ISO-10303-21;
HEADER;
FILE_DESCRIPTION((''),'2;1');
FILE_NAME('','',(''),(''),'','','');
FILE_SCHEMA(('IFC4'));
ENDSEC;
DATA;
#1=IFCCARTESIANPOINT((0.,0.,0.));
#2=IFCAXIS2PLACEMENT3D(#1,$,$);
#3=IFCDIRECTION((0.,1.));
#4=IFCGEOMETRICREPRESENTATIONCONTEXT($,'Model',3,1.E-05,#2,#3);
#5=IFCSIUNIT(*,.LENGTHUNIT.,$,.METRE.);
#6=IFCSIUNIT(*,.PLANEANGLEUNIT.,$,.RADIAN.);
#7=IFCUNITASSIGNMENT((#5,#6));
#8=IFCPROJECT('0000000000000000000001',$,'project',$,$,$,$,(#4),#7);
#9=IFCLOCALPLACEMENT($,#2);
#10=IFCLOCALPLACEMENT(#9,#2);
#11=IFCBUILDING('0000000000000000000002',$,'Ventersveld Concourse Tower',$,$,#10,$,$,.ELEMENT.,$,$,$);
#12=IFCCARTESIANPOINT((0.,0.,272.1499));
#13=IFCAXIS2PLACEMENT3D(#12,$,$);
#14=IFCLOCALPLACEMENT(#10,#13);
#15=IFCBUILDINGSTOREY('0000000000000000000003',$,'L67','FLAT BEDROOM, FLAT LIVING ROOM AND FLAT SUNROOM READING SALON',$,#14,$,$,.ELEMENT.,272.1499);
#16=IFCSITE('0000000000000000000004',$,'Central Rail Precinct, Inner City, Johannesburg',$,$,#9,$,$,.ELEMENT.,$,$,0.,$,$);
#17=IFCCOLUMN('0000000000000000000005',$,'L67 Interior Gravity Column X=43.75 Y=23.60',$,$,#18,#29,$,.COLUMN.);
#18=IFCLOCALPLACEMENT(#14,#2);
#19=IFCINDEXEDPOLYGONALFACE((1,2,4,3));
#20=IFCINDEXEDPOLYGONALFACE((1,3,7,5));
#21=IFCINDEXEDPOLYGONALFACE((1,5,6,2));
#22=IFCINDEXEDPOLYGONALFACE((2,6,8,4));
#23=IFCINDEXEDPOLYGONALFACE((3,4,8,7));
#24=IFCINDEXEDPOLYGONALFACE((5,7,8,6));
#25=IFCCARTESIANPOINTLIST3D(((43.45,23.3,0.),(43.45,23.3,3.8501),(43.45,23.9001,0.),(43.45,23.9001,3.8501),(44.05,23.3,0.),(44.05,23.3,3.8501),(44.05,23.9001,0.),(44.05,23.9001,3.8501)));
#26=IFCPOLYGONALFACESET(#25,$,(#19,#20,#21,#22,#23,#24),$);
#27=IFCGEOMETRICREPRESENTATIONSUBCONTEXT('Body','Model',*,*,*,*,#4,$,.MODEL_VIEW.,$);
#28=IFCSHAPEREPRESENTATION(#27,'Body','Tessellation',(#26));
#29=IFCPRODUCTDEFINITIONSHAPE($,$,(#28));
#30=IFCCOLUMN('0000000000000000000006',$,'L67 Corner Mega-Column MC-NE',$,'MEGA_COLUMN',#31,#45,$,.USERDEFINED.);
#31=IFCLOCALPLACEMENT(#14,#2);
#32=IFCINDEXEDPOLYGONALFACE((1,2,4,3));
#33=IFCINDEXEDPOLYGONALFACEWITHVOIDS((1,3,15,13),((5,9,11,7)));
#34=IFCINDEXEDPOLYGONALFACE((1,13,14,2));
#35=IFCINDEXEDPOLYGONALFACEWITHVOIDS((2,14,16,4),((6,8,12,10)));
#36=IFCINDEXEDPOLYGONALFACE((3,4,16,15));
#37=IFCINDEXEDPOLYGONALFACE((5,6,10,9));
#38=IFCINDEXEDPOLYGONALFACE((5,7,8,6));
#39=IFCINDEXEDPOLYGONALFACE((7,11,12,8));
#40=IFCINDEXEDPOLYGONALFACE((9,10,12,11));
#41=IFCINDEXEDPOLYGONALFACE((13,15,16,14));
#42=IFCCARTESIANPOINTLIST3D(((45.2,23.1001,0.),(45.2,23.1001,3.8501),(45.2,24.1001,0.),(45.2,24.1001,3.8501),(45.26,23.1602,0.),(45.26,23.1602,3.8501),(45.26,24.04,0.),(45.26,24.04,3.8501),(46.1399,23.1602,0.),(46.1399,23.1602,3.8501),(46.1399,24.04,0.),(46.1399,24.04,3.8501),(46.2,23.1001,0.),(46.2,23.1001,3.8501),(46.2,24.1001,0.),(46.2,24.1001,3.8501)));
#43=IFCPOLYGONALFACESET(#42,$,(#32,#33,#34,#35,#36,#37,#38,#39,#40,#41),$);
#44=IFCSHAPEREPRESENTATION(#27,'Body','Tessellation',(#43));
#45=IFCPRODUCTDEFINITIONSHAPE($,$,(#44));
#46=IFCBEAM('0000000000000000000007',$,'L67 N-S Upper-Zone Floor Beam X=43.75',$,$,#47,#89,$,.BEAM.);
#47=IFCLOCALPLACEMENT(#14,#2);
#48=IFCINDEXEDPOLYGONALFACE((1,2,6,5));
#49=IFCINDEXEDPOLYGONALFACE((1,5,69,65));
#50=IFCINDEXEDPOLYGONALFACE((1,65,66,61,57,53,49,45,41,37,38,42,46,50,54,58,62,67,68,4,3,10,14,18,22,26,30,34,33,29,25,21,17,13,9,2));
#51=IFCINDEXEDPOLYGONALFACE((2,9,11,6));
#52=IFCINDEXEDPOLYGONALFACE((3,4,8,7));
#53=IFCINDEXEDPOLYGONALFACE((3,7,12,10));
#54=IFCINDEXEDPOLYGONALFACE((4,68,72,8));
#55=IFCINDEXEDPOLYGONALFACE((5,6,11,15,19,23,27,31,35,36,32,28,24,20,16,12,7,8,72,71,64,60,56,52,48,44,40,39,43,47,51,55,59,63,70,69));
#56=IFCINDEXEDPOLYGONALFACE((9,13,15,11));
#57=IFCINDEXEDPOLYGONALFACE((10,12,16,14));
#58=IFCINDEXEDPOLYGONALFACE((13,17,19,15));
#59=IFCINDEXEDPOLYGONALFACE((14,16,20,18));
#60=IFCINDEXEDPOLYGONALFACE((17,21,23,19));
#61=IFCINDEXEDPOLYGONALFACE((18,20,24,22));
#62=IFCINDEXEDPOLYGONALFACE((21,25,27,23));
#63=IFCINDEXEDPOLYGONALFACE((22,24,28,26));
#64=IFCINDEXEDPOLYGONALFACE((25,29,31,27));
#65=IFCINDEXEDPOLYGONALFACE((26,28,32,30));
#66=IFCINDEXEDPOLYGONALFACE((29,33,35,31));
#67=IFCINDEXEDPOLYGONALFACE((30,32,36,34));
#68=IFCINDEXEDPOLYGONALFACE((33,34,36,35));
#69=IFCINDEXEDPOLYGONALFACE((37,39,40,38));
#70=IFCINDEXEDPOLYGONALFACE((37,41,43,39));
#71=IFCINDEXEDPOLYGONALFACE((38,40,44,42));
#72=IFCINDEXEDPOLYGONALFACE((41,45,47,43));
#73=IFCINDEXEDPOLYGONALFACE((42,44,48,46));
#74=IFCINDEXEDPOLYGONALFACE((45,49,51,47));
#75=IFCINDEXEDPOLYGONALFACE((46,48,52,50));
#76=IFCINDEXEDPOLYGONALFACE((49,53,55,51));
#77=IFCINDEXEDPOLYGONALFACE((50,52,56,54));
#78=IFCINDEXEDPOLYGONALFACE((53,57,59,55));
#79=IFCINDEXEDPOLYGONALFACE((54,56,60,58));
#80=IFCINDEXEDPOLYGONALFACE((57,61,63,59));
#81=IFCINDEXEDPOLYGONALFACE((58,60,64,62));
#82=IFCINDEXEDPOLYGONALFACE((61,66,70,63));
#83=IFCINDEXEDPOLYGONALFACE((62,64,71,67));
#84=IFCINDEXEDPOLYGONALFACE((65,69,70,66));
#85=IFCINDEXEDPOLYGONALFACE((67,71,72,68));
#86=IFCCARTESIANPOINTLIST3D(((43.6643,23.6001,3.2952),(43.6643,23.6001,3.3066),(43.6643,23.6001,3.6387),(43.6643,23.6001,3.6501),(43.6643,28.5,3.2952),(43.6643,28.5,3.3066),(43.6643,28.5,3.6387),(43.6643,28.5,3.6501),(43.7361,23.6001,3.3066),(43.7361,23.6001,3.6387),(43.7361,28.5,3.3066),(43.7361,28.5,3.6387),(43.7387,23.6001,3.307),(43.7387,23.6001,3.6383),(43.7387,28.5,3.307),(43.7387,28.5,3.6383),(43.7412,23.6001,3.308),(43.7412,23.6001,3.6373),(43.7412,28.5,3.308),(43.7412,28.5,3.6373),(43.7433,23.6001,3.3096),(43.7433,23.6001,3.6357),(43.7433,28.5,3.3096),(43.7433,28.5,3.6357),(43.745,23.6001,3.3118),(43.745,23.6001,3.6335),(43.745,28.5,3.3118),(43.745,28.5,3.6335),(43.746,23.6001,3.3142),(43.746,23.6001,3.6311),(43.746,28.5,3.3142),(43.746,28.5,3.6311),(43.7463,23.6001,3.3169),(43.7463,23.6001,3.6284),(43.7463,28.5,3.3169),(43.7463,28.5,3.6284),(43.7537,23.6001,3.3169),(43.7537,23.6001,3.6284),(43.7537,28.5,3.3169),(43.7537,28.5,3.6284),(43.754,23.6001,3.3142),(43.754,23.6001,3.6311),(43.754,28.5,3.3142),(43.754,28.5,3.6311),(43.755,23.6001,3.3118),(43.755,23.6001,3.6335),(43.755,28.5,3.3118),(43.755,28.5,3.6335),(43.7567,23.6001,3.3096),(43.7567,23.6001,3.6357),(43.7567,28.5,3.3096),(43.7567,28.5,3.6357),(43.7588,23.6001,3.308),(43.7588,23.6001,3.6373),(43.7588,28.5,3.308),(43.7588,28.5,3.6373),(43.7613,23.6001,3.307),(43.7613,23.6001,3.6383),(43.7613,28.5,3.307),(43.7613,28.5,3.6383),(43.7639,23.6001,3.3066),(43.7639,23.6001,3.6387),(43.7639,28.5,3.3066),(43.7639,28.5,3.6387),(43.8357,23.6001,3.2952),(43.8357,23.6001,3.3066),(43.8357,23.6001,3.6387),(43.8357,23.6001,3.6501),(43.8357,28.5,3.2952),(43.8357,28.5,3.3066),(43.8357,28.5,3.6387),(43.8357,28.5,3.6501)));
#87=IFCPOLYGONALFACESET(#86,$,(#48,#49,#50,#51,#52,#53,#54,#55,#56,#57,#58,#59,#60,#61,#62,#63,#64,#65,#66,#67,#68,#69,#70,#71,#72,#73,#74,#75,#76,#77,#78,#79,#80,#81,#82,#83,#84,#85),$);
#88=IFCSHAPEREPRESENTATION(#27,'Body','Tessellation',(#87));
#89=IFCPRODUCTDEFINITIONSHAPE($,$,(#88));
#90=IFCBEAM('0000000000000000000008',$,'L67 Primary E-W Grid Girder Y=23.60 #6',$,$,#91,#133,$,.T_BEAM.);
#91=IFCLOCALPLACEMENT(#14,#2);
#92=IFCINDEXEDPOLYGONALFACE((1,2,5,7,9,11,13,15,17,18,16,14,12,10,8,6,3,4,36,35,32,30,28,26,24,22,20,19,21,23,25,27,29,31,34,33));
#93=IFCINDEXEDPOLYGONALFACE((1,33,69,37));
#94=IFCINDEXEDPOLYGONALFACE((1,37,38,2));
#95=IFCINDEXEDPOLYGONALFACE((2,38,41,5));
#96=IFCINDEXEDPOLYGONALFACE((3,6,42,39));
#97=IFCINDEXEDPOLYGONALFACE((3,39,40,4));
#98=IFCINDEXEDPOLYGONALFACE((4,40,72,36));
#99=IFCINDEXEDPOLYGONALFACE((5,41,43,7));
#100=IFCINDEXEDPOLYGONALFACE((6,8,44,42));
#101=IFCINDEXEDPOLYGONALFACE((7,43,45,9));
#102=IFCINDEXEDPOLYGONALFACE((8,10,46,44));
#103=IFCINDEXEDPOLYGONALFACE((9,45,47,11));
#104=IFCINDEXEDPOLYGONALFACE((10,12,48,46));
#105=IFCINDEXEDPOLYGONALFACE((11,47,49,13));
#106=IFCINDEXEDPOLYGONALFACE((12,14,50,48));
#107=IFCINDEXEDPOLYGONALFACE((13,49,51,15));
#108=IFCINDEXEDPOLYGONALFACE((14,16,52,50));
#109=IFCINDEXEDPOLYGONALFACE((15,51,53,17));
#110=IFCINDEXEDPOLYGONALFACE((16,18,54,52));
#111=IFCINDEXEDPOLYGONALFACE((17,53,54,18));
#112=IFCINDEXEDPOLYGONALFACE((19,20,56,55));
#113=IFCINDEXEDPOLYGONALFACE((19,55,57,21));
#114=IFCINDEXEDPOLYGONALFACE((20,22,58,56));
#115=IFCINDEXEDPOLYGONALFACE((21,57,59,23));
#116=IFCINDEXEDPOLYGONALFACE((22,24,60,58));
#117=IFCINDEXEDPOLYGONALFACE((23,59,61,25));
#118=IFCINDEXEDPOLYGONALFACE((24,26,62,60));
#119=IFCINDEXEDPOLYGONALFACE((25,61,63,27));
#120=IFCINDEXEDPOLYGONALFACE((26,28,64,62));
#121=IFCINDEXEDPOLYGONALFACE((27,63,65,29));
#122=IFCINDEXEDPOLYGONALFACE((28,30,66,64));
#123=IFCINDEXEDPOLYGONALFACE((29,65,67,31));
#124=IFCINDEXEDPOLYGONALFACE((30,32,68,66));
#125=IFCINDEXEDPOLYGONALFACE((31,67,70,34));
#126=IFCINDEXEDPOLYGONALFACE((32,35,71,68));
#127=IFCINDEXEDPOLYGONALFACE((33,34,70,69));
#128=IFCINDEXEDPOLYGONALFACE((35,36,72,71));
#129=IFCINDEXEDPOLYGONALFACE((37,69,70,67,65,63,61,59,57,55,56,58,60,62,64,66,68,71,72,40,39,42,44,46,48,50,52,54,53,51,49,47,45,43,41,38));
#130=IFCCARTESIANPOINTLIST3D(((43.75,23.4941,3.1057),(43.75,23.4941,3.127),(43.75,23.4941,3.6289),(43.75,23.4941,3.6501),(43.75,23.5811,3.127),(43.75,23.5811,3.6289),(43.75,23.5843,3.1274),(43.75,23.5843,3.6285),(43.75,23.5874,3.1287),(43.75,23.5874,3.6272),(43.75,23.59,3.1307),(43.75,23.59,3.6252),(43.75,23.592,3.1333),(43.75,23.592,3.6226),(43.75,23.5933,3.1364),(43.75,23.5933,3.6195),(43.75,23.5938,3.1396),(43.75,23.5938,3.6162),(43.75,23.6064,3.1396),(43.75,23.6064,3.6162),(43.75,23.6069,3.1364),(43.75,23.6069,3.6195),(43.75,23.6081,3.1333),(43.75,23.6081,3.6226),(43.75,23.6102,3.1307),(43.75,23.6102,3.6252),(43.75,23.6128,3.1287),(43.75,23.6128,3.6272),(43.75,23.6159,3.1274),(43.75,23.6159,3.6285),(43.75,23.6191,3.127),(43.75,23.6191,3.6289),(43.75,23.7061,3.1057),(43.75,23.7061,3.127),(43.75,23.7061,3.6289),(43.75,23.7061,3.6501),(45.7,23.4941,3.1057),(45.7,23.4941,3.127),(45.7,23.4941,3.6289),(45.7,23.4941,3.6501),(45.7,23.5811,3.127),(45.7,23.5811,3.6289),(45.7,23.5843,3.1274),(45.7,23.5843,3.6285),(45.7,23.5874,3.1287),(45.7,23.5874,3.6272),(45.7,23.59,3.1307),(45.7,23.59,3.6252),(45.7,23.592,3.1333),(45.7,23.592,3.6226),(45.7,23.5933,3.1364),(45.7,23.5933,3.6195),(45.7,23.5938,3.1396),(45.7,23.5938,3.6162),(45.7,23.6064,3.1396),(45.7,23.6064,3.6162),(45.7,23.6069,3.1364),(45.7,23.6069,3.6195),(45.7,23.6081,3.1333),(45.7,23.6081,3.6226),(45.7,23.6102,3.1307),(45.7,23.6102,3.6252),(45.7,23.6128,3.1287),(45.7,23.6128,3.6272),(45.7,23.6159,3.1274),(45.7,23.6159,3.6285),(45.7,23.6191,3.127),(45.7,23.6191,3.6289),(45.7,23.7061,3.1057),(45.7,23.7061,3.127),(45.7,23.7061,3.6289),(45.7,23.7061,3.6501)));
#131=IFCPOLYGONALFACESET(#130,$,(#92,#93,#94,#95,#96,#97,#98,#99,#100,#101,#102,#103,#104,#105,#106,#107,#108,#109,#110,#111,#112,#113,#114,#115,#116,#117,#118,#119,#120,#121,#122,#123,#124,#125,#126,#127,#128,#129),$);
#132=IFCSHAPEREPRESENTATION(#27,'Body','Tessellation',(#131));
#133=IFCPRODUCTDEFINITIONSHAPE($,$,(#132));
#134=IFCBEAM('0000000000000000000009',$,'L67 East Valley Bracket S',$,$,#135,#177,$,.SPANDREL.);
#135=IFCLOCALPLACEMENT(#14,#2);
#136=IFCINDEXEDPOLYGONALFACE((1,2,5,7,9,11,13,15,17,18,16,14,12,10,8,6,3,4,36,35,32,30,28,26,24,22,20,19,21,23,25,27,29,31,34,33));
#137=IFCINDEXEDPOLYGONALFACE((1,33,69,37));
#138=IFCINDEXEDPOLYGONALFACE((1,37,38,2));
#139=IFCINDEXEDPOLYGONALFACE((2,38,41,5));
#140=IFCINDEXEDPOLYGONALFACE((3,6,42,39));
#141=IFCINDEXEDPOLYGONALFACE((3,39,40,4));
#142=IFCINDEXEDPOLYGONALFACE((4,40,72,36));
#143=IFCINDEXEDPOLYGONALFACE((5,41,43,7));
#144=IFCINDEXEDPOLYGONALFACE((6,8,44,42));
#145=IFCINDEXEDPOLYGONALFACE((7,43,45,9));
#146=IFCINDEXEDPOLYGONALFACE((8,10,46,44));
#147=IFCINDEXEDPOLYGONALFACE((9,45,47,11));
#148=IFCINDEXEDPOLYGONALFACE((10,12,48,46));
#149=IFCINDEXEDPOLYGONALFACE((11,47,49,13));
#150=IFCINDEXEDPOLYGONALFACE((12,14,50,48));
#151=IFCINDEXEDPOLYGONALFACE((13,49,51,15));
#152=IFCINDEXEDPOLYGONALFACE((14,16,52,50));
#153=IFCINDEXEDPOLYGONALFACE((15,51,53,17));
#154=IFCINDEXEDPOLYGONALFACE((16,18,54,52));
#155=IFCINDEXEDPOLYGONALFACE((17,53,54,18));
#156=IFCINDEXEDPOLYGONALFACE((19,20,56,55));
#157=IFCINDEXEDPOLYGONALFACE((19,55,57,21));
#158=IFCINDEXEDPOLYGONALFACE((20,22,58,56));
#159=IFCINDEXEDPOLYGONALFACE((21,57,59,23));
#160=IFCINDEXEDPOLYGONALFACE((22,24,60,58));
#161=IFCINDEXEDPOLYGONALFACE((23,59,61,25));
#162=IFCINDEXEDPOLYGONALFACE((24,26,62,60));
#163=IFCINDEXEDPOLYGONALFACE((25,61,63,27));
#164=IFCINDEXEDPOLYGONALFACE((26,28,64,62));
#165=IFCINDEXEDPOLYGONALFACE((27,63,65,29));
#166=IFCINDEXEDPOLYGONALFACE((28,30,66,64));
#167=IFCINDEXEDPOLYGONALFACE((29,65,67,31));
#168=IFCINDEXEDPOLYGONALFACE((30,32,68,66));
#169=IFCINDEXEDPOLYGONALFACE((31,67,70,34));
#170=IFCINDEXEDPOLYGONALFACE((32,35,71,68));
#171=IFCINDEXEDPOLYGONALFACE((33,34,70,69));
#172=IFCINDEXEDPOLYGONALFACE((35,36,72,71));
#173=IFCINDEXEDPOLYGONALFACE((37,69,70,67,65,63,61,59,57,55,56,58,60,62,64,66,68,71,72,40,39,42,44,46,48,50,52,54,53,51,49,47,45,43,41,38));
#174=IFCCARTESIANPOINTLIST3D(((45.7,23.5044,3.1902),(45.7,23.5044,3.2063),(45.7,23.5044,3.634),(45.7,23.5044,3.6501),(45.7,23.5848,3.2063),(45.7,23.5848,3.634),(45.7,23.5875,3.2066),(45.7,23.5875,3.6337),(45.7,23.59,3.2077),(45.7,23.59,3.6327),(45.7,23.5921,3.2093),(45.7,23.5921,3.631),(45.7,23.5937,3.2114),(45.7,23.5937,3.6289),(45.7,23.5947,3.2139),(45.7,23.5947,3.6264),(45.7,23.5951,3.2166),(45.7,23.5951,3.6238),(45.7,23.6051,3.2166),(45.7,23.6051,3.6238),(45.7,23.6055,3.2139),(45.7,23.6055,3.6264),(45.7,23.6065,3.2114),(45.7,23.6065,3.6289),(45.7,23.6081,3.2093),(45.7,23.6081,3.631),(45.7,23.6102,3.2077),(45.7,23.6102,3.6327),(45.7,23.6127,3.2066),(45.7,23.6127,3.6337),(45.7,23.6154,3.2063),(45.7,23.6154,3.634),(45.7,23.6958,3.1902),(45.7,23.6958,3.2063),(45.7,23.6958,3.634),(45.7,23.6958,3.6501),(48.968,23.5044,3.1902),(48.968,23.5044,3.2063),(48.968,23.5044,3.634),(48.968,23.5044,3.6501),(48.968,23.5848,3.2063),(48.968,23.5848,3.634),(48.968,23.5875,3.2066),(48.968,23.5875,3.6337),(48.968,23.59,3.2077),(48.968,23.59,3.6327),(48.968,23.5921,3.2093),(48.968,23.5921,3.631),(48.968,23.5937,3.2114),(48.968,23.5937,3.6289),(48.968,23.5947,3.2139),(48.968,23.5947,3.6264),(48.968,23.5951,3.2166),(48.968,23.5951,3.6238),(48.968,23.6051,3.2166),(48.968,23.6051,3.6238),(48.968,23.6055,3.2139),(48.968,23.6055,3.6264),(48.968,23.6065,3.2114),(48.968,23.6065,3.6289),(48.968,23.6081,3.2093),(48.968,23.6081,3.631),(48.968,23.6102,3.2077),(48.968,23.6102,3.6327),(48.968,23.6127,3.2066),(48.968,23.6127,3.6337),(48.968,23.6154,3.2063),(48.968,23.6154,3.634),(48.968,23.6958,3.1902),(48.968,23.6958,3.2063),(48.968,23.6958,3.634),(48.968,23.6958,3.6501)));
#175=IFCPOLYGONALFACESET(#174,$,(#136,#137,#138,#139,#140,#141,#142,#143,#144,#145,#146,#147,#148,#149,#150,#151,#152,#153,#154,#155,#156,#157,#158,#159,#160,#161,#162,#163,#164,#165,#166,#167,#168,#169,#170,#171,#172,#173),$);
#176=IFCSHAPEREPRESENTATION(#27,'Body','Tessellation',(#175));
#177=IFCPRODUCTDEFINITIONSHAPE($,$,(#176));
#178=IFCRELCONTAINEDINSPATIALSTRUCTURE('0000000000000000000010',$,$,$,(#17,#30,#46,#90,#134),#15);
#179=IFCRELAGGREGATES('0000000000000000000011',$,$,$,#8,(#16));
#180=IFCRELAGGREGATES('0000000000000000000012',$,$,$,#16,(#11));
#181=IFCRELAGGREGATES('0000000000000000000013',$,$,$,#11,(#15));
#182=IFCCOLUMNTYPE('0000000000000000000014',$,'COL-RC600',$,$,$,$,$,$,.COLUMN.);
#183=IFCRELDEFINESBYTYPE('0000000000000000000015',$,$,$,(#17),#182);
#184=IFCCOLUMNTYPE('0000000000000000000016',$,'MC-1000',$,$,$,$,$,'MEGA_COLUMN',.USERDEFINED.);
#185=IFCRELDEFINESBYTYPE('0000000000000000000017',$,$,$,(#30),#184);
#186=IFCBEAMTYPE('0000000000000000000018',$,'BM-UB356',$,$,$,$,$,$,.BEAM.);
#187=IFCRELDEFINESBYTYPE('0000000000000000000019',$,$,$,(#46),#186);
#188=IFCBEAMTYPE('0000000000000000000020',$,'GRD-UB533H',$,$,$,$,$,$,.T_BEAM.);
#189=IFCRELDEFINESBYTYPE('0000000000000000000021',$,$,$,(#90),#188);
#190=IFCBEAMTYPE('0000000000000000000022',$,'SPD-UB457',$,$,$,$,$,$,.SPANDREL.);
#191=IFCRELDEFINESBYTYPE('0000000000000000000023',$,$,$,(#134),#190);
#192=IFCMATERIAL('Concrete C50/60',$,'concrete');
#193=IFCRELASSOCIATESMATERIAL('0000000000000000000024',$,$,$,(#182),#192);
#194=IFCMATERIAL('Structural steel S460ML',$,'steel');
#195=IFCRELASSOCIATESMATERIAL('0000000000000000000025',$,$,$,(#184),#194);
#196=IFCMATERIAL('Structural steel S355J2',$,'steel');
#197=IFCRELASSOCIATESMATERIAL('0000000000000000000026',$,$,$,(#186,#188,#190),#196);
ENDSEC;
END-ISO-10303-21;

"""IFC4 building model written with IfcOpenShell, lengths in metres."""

from ifc_helpers import new_model, si_unit, direction, frame, origin, origin_2d, place, context, subcontext, project, spatial, rectangle, hollow_rectangle, i_section, extrude, material, material_profile, profile_set, type_object, element, save


model = new_model("IFC4")

# Units and contexts
model_context = context("Model", 3, precision=1e-05, world=origin(), true_north=direction((0.0, 1.0)))
body_context = subcontext(model_context, "Body", "Model", "MODEL_VIEW")
ifc_project = project(units=[si_unit("LENGTHUNIT", "METRE"), si_unit("PLANEANGLEUNIT", "RADIAN")], contexts=[model_context])

# Site, building, storey
site_placement = place(None, origin())
site = spatial("IfcSite", under=ifc_project, at=site_placement, Name="Central Rail Precinct, Inner City, Johannesburg", CompositionType="ELEMENT", RefElevation=0.0)
building_placement = place(site_placement, origin())
building = spatial("IfcBuilding", under=site, at=building_placement, Name="Ventersveld Concourse Tower", CompositionType="ELEMENT")
storey_placement = place(building_placement, frame((0.0, 0.0, 272.1499)))
storey = spatial("IfcBuildingStorey", under=building, at=storey_placement, Name="L67", Description="FLAT BEDROOM, FLAT LIVING ROOM AND FLAT SUNROOM READING SALON", CompositionType="ELEMENT", Elevation=272.1499)

# Columns
ifc_material_1 = material(Name="Concrete C50/60", Category="concrete")
ifc_material_profile_1 = material_profile(ifc_material_1, rectangle(XDim=0.6001, YDim=0.6001, at=origin_2d()), Name="RC 600x600")
ifc_profile_set_1 = profile_set([ifc_material_profile_1], Name="Concrete C50/60")
column_type_1 = type_object("IfcColumnType", Name="COL-RC600", PredefinedType="COLUMN", material=ifc_profile_set_1)
column_1_placement = place(storey_placement, frame((43.75, 23.6001, 0.0), z_axis=(0.0, 0.0, 1.0), x_axis=(1.0, 0.0, 0.0)))
element("IfcColumn", 1, at=column_1_placement, inside=storey, type_object=column_type_1, Name="L67 Interior Gravity Column X=43.75 Y=23.60", PredefinedType="COLUMN", context=body_context, shape_type="SweptSolid", body=[
    extrude(rectangle(XDim=0.6001, YDim=0.6001, at=origin_2d()), origin(), (0.0, 0.0, 1.0), 3.8501),
])
ifc_material_2 = material(Name="Structural steel S460ML", Category="steel")
ifc_material_profile_2 = material_profile(ifc_material_2, hollow_rectangle(XDim=1.0, YDim=1.0, WallThickness=0.0601, at=origin_2d()), Name="BOX 1000x1000x60")
ifc_profile_set_2 = profile_set([ifc_material_profile_2], Name="Structural steel S460ML")
column_type_2 = type_object("IfcColumnType", Name="MC-1000", ElementType="MEGA_COLUMN", PredefinedType="USERDEFINED", material=ifc_profile_set_2)
column_2_placement = place(storey_placement, frame((45.7, 23.6001, 0.0), z_axis=(0.0, 0.0, 1.0), x_axis=(1.0, 0.0, 0.0)))
element("IfcColumn", 2, at=column_2_placement, inside=storey, type_object=column_type_2, Name="L67 Corner Mega-Column MC-NE", ObjectType="MEGA_COLUMN", PredefinedType="USERDEFINED", context=body_context, shape_type="SweptSolid", body=[
    extrude(hollow_rectangle(XDim=1.0, YDim=1.0, WallThickness=0.0601, at=origin_2d()), origin(), (0.0, 0.0, 1.0), 3.8501),
])

# Beams
ifc_material_3 = material(Name="Structural steel S355J2", Category="steel")
ifc_material_profile_3 = material_profile(ifc_material_3, i_section(OverallWidth=0.1714, OverallDepth=0.355, WebThickness=0.0073, FlangeThickness=0.0115, FilletRadius=0.0103, at=origin_2d()), Name="UB 356x171x51")
ifc_profile_set_3 = profile_set([ifc_material_profile_3], Name="Structural steel S355J2")
beam_type_1 = type_object("IfcBeamType", Name="BM-UB356", PredefinedType="BEAM", material=ifc_profile_set_3)
beam_1_placement = place(storey_placement, frame((43.75, 23.6001, 3.4727), z_axis=(0.0, 1.0, 0.0), x_axis=(-1.0, 0.0, 0.0)))
element("IfcBeam", 3, at=beam_1_placement, inside=storey, type_object=beam_type_1, Name="L67 N-S Upper-Zone Floor Beam X=43.75", PredefinedType="BEAM", context=body_context, shape_type="SweptSolid", body=[
    extrude(i_section(OverallWidth=0.1714, OverallDepth=0.355, WebThickness=0.0073, FlangeThickness=0.0115, FilletRadius=0.0103, at=origin_2d()), origin(), (0.0, 0.0, 1.0), 4.8999),
])
ifc_material_profile_4 = material_profile(ifc_material_3, i_section(OverallWidth=0.2119, OverallDepth=0.5444, WebThickness=0.0127, FlangeThickness=0.0212, FilletRadius=0.0127, at=origin_2d()), Name="UB 533x210x122")
ifc_profile_set_4 = profile_set([ifc_material_profile_4], Name="Structural steel S355J2")
beam_type_2 = type_object("IfcBeamType", Name="GRD-UB533H", PredefinedType="T_BEAM", material=ifc_profile_set_4)
beam_2_placement = place(storey_placement, frame((43.75, 23.6001, 3.3779), z_axis=(1.0, 0.0, 0.0), x_axis=(0.0, 1.0, 0.0)))
element("IfcBeam", 4, at=beam_2_placement, inside=storey, type_object=beam_type_2, Name="L67 Primary E-W Grid Girder Y=23.60 #6", PredefinedType="T_BEAM", context=body_context, shape_type="SweptSolid", body=[
    extrude(i_section(OverallWidth=0.2119, OverallDepth=0.5444, WebThickness=0.0127, FlangeThickness=0.0212, FilletRadius=0.0127, at=origin_2d()), origin(), (0.0, 0.0, 1.0), 1.95),
])
ifc_material_profile_5 = material_profile(ifc_material_3, i_section(OverallWidth=0.1914, OverallDepth=0.46, WebThickness=0.01, FlangeThickness=0.0161, FilletRadius=0.0103, at=origin_2d()), Name="UB 457x191x82")
ifc_profile_set_5 = profile_set([ifc_material_profile_5], Name="Structural steel S355J2")
beam_type_3 = type_object("IfcBeamType", Name="SPD-UB457", PredefinedType="SPANDREL", material=ifc_profile_set_5)
beam_3_placement = place(storey_placement, frame((45.7, 23.6001, 3.4202), z_axis=(1.0, 0.0, 0.0), x_axis=(0.0, 1.0, 0.0)))
element("IfcBeam", 5, at=beam_3_placement, inside=storey, type_object=beam_type_3, Name="L67 East Valley Bracket S", PredefinedType="SPANDREL", context=body_context, shape_type="SweptSolid", body=[
    extrude(i_section(OverallWidth=0.1914, OverallDepth=0.46, WebThickness=0.01, FlangeThickness=0.0161, FilletRadius=0.0103, at=origin_2d()), origin(), (0.0, 0.0, 1.0), 3.2681),
])

save(model, "model.ifc")
